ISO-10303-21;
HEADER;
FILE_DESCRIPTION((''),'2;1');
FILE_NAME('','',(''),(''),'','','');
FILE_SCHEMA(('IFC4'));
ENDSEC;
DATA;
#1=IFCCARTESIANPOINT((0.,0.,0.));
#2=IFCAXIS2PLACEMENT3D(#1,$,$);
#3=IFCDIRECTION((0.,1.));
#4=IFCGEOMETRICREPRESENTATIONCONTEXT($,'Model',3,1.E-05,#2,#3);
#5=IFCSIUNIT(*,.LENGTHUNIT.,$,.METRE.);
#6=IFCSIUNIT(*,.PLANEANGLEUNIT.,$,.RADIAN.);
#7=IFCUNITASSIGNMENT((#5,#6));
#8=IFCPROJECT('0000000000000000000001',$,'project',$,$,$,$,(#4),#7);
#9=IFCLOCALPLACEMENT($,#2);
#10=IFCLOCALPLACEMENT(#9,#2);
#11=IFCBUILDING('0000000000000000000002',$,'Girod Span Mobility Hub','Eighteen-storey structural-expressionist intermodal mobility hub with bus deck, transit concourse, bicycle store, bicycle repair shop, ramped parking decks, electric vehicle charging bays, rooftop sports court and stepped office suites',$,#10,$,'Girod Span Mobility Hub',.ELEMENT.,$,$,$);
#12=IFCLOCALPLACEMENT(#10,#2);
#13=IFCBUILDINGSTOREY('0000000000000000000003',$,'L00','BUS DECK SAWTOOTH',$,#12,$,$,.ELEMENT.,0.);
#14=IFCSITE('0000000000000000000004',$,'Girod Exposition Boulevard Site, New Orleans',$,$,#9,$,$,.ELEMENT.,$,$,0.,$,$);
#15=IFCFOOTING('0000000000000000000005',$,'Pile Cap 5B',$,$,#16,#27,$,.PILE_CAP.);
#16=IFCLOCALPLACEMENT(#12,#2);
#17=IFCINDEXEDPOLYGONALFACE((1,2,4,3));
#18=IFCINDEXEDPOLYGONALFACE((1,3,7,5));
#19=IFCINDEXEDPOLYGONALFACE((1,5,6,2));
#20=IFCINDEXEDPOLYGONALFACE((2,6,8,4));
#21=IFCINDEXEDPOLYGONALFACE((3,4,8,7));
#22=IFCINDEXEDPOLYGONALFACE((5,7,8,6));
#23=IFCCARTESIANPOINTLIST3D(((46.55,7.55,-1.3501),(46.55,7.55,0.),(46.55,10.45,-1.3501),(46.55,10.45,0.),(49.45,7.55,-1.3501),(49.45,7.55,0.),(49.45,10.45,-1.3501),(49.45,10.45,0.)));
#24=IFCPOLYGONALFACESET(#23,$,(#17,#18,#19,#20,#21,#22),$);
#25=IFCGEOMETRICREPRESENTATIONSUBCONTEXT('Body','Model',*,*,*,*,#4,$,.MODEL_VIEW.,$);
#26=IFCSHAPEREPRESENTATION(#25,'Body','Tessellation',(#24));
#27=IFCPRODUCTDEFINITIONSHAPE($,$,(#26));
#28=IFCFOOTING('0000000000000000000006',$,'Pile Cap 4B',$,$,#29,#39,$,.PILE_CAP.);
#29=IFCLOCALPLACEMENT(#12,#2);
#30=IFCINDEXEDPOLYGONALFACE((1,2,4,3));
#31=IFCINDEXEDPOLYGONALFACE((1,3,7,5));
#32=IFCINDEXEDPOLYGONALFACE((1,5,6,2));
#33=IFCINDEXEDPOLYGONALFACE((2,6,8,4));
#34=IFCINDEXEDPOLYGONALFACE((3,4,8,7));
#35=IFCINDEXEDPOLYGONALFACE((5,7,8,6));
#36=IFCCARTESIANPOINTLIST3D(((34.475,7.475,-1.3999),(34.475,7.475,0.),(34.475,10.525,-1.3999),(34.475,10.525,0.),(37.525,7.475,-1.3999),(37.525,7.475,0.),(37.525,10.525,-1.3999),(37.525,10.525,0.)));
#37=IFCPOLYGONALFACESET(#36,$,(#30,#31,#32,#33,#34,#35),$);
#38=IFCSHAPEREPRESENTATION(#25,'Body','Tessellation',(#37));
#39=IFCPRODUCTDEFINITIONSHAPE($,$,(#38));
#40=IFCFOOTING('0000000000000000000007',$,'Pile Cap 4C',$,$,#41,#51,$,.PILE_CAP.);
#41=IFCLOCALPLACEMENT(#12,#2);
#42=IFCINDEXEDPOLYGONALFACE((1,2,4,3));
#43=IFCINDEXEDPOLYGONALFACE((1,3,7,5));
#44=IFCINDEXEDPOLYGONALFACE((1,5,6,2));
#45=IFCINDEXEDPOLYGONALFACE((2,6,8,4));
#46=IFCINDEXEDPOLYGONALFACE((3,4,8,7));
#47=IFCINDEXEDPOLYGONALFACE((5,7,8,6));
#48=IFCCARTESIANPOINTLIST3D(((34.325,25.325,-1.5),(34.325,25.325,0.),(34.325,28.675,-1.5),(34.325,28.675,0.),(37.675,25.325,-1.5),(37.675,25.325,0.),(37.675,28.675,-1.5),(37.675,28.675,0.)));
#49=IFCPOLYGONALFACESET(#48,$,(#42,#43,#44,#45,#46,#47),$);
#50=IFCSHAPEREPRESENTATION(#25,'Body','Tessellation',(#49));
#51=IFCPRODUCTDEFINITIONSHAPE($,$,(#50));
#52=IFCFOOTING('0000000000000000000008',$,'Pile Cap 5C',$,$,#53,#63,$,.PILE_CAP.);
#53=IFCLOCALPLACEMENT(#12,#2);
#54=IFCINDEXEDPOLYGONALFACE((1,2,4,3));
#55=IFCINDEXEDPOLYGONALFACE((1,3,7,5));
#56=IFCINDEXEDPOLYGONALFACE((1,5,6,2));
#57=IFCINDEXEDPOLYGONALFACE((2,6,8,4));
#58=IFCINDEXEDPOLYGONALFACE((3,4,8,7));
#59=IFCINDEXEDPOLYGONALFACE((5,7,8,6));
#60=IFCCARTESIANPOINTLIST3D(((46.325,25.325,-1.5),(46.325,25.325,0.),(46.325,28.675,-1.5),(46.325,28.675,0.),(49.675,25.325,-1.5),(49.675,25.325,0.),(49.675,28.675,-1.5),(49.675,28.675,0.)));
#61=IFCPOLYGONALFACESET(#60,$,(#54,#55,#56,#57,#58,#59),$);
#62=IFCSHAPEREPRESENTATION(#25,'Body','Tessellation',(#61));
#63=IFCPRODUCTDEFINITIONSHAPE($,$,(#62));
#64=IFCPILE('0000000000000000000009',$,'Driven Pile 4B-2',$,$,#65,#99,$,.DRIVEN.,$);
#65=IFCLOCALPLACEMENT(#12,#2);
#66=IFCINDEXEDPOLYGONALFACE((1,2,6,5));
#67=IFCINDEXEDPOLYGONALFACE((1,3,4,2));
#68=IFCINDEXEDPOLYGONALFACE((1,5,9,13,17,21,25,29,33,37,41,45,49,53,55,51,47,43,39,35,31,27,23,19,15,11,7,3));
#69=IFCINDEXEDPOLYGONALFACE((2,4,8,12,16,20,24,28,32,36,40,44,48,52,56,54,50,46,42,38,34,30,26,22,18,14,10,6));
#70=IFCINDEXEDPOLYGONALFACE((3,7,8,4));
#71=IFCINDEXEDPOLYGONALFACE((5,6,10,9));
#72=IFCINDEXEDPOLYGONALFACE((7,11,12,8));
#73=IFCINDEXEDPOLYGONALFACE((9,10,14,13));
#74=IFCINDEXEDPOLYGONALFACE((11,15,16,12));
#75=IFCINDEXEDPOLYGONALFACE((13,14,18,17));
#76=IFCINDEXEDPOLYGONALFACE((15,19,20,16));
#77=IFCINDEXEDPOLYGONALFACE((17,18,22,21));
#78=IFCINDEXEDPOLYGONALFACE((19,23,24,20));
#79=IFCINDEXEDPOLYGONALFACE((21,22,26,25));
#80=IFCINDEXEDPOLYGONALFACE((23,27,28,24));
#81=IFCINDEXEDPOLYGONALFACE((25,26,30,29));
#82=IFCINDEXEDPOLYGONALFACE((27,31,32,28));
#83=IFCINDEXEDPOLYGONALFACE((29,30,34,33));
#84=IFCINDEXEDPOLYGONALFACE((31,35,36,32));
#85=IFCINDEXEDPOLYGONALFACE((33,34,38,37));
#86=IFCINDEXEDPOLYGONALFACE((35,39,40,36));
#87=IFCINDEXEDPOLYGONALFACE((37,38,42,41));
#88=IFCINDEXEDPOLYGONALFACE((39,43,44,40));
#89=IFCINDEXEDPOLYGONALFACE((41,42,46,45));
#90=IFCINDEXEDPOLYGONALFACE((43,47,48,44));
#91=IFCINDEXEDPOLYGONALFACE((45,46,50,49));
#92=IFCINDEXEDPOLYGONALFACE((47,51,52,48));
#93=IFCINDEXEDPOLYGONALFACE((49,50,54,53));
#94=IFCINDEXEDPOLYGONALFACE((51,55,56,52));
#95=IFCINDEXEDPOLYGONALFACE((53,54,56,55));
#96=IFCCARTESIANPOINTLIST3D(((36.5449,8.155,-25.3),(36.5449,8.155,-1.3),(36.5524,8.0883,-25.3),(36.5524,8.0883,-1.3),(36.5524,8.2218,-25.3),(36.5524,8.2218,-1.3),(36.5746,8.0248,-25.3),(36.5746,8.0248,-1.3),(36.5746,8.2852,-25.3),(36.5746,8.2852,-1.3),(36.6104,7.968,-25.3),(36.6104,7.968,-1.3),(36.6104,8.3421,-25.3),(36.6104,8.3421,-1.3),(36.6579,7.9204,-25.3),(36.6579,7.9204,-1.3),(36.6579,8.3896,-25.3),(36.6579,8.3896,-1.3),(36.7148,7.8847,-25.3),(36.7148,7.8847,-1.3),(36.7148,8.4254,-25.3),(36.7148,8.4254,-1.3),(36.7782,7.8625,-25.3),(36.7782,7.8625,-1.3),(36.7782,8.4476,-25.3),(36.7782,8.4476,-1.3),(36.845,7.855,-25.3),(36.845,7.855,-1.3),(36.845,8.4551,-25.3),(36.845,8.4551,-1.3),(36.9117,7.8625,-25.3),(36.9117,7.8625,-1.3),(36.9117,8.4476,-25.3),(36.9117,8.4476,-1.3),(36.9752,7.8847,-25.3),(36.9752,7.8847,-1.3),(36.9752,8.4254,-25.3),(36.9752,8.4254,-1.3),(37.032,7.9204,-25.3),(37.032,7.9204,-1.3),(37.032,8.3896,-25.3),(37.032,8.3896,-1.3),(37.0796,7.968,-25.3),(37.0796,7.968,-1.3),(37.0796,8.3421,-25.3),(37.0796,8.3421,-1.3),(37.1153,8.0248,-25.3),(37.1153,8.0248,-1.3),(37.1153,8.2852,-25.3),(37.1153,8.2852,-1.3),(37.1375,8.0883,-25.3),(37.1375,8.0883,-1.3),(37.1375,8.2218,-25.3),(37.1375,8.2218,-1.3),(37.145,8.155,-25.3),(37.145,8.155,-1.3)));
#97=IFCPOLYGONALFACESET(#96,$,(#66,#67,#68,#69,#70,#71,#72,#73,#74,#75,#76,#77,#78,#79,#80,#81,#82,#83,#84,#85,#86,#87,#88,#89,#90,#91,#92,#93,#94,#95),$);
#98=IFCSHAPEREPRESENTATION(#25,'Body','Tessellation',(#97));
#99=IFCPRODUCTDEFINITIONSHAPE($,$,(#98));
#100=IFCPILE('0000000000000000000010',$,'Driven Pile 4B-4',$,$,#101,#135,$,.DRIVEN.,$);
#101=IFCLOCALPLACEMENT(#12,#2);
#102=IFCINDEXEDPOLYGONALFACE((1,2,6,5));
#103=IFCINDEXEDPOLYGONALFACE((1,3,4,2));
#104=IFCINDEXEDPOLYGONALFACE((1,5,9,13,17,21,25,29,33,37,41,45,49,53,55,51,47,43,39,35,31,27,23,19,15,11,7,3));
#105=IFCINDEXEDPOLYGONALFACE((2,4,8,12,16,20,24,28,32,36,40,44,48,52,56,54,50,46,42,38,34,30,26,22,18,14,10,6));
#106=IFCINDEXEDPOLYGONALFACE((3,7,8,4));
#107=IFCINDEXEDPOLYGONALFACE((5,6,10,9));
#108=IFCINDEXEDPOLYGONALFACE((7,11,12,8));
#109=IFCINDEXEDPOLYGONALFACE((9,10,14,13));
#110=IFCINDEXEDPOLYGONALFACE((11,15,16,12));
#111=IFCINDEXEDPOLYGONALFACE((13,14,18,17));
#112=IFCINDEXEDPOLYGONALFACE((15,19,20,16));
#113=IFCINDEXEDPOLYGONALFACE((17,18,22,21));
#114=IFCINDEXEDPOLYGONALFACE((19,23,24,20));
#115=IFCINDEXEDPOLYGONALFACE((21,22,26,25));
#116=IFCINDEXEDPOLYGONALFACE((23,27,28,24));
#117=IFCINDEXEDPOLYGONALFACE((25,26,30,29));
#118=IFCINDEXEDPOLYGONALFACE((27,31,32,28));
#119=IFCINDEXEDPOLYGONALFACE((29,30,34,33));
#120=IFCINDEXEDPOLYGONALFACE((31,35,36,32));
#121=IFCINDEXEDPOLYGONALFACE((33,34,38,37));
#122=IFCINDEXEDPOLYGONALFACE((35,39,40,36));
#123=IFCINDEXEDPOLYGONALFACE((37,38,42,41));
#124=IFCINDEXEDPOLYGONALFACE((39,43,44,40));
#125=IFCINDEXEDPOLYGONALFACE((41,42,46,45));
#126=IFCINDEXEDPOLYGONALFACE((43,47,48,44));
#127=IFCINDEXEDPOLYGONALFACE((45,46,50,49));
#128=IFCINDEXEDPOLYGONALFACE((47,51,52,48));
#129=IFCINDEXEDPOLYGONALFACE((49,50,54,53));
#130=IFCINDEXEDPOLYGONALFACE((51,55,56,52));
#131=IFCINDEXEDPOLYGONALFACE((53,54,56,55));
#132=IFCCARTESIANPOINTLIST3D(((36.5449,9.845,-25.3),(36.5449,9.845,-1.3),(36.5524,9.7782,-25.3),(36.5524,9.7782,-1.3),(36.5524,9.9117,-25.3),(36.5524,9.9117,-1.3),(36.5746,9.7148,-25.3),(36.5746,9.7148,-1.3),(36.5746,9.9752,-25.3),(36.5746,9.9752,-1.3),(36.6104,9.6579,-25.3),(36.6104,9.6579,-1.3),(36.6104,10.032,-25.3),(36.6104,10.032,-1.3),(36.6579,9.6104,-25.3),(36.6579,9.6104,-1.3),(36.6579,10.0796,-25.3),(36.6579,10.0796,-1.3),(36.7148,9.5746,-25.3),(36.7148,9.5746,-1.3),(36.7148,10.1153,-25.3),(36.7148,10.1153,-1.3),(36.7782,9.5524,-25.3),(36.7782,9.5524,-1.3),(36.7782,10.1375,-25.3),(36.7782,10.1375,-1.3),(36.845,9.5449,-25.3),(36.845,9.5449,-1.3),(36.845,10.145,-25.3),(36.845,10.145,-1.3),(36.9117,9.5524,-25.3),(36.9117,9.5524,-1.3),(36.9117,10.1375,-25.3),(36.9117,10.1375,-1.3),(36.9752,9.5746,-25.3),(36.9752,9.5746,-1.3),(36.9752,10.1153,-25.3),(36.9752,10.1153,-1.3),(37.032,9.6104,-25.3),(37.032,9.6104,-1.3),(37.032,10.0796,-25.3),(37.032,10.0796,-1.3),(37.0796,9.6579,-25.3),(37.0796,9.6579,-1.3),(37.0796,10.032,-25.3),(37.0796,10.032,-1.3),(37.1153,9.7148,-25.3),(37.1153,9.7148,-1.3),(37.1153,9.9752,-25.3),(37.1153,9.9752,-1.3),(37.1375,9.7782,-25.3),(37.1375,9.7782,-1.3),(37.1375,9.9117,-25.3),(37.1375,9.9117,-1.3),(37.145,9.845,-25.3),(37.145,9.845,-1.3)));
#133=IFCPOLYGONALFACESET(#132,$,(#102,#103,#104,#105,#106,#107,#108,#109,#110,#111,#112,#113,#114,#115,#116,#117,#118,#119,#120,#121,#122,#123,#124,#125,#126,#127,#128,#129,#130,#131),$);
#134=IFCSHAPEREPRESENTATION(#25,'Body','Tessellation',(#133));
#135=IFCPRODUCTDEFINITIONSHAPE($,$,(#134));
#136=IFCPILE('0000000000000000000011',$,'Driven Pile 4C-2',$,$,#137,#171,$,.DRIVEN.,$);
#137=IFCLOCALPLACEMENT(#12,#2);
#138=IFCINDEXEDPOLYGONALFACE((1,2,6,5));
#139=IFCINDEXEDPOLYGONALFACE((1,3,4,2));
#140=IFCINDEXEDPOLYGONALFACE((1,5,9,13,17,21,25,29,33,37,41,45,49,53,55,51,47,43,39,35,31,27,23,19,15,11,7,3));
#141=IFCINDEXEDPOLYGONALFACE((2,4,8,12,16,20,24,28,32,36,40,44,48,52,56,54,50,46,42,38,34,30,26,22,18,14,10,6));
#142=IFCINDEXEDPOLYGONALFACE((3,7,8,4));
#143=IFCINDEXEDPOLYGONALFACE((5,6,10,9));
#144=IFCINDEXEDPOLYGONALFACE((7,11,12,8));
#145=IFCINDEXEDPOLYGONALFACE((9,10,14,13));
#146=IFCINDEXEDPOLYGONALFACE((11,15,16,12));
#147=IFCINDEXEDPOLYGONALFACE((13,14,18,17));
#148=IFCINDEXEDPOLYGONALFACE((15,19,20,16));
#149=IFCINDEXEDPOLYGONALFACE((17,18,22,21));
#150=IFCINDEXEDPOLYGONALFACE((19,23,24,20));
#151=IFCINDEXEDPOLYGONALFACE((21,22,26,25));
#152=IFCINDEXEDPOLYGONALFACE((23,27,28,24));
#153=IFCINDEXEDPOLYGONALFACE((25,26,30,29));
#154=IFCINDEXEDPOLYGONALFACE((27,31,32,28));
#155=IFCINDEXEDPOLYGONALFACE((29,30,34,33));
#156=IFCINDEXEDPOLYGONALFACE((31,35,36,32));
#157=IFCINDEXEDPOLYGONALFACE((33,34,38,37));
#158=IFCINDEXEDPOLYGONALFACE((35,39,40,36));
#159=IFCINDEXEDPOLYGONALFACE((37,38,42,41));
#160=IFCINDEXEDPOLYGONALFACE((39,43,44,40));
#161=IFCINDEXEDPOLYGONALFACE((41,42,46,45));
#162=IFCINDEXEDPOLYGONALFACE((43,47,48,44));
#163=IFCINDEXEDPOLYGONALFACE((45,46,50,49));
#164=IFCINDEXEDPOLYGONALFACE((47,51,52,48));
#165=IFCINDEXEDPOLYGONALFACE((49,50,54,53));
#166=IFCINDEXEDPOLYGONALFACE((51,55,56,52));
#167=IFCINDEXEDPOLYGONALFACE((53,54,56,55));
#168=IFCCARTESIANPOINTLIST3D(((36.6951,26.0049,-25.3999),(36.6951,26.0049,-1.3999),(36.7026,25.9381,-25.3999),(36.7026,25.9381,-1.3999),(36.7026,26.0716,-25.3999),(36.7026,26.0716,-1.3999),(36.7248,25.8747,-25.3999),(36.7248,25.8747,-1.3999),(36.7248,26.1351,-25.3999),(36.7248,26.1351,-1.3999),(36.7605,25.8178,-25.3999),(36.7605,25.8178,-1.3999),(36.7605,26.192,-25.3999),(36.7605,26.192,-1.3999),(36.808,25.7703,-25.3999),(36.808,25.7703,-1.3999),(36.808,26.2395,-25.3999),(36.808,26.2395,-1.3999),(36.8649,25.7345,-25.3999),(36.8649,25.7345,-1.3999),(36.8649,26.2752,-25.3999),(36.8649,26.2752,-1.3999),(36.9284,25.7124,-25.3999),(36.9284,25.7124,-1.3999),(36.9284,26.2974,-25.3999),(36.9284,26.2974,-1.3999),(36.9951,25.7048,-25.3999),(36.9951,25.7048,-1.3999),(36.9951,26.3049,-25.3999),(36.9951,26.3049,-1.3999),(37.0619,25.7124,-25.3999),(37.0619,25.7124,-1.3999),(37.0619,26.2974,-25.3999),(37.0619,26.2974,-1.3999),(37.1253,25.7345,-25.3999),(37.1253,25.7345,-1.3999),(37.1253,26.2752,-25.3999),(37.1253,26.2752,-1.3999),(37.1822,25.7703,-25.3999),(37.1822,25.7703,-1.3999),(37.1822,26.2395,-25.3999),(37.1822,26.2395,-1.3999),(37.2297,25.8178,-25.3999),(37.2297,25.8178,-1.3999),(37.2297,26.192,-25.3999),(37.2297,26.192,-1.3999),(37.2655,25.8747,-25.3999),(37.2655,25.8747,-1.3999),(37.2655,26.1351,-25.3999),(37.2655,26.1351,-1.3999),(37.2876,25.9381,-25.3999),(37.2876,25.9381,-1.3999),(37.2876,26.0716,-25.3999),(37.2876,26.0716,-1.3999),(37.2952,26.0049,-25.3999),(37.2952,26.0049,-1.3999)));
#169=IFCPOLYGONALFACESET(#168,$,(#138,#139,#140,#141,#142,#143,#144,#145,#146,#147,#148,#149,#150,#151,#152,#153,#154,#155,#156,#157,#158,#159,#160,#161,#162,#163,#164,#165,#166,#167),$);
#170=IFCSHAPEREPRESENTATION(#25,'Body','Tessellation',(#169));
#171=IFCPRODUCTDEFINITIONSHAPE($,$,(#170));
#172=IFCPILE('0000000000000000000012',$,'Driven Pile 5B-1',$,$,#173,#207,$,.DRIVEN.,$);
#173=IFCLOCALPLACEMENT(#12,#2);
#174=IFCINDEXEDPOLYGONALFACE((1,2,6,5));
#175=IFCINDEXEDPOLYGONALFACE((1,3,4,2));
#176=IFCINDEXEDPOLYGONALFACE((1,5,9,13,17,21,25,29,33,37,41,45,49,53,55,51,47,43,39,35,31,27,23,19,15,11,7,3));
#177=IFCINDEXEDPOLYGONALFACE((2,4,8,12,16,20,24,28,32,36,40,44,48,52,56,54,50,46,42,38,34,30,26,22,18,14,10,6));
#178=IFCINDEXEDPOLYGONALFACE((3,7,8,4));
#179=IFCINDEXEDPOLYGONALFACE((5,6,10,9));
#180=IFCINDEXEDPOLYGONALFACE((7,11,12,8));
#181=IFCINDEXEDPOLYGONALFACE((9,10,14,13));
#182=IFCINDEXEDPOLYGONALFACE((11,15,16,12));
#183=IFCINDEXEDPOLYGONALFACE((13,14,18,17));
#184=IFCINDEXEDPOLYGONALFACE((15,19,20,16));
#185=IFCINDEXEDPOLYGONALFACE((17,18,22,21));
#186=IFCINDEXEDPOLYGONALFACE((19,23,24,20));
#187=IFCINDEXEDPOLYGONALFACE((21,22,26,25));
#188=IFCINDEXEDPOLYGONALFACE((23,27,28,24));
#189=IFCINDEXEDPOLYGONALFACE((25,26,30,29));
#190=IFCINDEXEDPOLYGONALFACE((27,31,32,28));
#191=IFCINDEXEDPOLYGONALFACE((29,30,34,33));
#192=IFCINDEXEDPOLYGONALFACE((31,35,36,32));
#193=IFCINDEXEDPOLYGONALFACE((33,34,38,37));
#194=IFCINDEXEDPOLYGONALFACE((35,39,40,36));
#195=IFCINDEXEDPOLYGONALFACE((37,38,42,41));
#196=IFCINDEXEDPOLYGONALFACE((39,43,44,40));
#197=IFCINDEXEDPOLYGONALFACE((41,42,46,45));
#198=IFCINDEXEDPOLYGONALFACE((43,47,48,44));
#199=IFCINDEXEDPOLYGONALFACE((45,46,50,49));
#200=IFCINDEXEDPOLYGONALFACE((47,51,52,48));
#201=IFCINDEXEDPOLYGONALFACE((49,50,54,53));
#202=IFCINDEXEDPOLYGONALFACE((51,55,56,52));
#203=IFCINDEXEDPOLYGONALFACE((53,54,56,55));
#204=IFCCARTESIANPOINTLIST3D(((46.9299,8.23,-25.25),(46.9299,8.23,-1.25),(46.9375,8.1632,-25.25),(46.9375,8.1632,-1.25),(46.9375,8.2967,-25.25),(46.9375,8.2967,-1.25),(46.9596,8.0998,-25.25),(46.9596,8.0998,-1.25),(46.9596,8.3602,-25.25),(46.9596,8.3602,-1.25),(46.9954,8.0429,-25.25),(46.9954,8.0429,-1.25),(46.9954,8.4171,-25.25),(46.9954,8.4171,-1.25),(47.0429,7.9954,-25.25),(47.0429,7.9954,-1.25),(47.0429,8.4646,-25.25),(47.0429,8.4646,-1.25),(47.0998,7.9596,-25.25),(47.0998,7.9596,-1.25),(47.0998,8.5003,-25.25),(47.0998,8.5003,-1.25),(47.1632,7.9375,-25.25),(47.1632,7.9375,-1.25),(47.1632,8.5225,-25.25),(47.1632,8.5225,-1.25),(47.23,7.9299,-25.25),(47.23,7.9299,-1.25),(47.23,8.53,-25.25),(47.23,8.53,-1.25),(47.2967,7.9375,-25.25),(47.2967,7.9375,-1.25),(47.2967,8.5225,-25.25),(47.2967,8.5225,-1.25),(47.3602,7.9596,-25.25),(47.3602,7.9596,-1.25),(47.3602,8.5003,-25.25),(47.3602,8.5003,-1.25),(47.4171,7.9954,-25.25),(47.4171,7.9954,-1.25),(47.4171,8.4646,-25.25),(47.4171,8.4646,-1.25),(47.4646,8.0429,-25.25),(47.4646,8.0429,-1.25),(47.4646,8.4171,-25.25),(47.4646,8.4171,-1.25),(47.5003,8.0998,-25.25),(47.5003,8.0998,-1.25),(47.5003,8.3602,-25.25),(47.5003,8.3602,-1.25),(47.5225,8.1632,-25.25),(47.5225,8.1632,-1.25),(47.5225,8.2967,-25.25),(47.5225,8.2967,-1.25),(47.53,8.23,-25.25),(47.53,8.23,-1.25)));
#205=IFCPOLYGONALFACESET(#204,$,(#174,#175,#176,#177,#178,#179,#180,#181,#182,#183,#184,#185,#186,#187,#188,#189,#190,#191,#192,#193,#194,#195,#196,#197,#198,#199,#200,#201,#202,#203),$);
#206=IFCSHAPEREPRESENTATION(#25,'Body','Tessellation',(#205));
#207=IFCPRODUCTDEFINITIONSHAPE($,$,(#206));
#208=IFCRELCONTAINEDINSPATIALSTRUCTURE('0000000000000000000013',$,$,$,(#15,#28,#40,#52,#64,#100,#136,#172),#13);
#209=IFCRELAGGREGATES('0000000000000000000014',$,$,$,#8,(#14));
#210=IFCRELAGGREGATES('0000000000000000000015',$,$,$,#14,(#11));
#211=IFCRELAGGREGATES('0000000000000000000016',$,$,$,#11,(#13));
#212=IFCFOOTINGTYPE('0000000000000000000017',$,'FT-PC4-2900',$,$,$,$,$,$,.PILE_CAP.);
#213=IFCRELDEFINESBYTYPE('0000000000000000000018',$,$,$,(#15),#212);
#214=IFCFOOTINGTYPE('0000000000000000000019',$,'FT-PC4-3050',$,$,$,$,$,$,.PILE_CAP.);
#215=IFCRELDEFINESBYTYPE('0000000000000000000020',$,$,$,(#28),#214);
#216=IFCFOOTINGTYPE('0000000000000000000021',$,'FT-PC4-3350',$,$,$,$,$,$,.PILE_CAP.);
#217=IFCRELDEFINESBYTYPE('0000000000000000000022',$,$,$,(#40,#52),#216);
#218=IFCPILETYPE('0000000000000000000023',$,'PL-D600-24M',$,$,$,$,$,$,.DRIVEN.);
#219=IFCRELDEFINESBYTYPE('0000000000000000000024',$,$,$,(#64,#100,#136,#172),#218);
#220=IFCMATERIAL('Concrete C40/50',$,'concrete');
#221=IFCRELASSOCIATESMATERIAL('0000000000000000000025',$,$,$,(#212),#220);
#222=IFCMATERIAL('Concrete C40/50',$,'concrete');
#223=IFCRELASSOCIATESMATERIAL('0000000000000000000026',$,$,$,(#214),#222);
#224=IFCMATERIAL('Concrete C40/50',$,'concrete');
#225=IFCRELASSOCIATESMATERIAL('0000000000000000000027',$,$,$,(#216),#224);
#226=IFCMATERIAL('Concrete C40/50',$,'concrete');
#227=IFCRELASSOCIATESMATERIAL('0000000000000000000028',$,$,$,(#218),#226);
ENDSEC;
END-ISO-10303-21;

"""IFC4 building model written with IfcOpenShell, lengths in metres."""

from ifc_helpers import new_model, si_unit, direction, frame, origin, origin_2d, place, context, subcontext, project, spatial, rectangle, circle, extrude, material, material_profile, profile_set, type_object, element, save


model = new_model("IFC4")

# Units and contexts
model_context = context("Model", 3, precision=1e-05, world=origin(), true_north=direction((0.0, 1.0)))
body_context = subcontext(model_context, "Body", "Model", "MODEL_VIEW")
ifc_project = project(units=[si_unit("LENGTHUNIT", "METRE"), si_unit("PLANEANGLEUNIT", "RADIAN")], contexts=[model_context])

# Site, building, storey
site_placement = place(None, origin())
site = spatial("IfcSite", under=ifc_project, at=site_placement, Name="Girod Exposition Boulevard Site, New Orleans", CompositionType="ELEMENT", RefElevation=0.0)
building_placement = place(site_placement, origin())
building = spatial("IfcBuilding", under=site, at=building_placement, Name="Girod Span Mobility Hub", Description="Eighteen-storey structural-expressionist intermodal mobility hub with bus deck, transit concourse, bicycle store, bicycle repair shop, ramped parking decks, electric vehicle charging bays, rooftop sports court and stepped office suites", LongName="Girod Span Mobility Hub", CompositionType="ELEMENT")
storey_placement = place(building_placement, origin())
storey = spatial("IfcBuildingStorey", under=building, at=storey_placement, Name="L00", Description="BUS DECK SAWTOOTH", CompositionType="ELEMENT", Elevation=0.0)

# Footings
ifc_material_1 = material(Name="Concrete C40/50", Category="concrete")
footing_type_1 = type_object("IfcFootingType", Name="FT-PC4-2900", PredefinedType="PILE_CAP", material=ifc_material_1)
footing_1_placement = place(storey_placement, frame((48.0, 9.0, -1.3501), z_axis=(0.0, 0.0, 1.0), x_axis=(1.0, 0.0, 0.0)))
element("IfcFooting", 1, at=footing_1_placement, inside=storey, type_object=footing_type_1, Name="Pile Cap 5B", PredefinedType="PILE_CAP", context=body_context, shape_type="SweptSolid", body=[
    extrude(rectangle(XDim=2.8999, YDim=2.8999, at=origin_2d()), origin(), (0.0, 0.0, 1.0), 1.3501),
])
ifc_material_2 = material(Name="Concrete C40/50", Category="concrete")
footing_type_2 = type_object("IfcFootingType", Name="FT-PC4-3050", PredefinedType="PILE_CAP", material=ifc_material_2)
footing_2_placement = place(storey_placement, frame((36.0, 9.0, -1.3999), z_axis=(0.0, 0.0, 1.0), x_axis=(1.0, 0.0, 0.0)))
element("IfcFooting", 2, at=footing_2_placement, inside=storey, type_object=footing_type_2, Name="Pile Cap 4B", PredefinedType="PILE_CAP", context=body_context, shape_type="SweptSolid", body=[
    extrude(rectangle(XDim=3.05, YDim=3.05, at=origin_2d()), origin(), (0.0, 0.0, 1.0), 1.3999),
])
ifc_material_3 = material(Name="Concrete C40/50", Category="concrete")
footing_type_3 = type_object("IfcFootingType", Name="FT-PC4-3350", PredefinedType="PILE_CAP", material=ifc_material_3)
for number, where, z_axis, x_axis, name in (
    (3, (36.0, 27.0, -1.5), (0.0, 0.0, 1.0), (1.0, 0.0, 0.0), "Pile Cap 4C"),
    (4, (48.0, 27.0, -1.5), (0.0, 0.0, 1.0), (1.0, 0.0, 0.0), "Pile Cap 5C"),
):
    element("IfcFooting", number, at=place(storey_placement, frame(where, z_axis=z_axis, x_axis=x_axis)), inside=storey, type_object=footing_type_3, Name=name, PredefinedType="PILE_CAP", context=body_context, shape_type="SweptSolid", body=[
        extrude(rectangle(XDim=3.3501, YDim=3.3501, at=origin_2d()), origin(), (0.0, 0.0, 1.0), 1.5),
    ])

# Piles
ifc_material_4 = material(Name="Concrete C40/50", Category="concrete")
ifc_material_profile_1 = material_profile(ifc_material_4, circle(Radius=0.3, at=origin_2d()), Name="PILE-D600")
ifc_profile_set_1 = profile_set([ifc_material_profile_1], Name="Concrete C40/50")
pile_type = type_object("IfcPileType", Name="PL-D600-24M", PredefinedType="DRIVEN", material=ifc_profile_set_1)
for number, where, z_axis, x_axis, name in (
    (5, (36.845, 8.155, -1.3), (0.0, 0.0, -1.0), (1.0, 0.0, 0.0), "Driven Pile 4B-2"),
    (6, (36.845, 9.845, -1.3), (0.0, 0.0, -1.0), (1.0, 0.0, 0.0), "Driven Pile 4B-4"),
    (7, (36.9951, 26.0049, -1.3999), (0.0, 0.0, -1.0), (1.0, 0.0, 0.0), "Driven Pile 4C-2"),
    (8, (47.23, 8.23, -1.25), (0.0, 0.0, -1.0), (1.0, 0.0, 0.0), "Driven Pile 5B-1"),
):
    element("IfcPile", number, at=place(storey_placement, frame(where, z_axis=z_axis, x_axis=x_axis)), inside=storey, type_object=pile_type, Name=name, PredefinedType="DRIVEN", context=body_context, shape_type="SweptSolid", body=[
        extrude(circle(Radius=0.3, at=origin_2d()), origin(), (0.0, 0.0, 1.0), 24.0),
    ])

save(model, "model.ifc")
